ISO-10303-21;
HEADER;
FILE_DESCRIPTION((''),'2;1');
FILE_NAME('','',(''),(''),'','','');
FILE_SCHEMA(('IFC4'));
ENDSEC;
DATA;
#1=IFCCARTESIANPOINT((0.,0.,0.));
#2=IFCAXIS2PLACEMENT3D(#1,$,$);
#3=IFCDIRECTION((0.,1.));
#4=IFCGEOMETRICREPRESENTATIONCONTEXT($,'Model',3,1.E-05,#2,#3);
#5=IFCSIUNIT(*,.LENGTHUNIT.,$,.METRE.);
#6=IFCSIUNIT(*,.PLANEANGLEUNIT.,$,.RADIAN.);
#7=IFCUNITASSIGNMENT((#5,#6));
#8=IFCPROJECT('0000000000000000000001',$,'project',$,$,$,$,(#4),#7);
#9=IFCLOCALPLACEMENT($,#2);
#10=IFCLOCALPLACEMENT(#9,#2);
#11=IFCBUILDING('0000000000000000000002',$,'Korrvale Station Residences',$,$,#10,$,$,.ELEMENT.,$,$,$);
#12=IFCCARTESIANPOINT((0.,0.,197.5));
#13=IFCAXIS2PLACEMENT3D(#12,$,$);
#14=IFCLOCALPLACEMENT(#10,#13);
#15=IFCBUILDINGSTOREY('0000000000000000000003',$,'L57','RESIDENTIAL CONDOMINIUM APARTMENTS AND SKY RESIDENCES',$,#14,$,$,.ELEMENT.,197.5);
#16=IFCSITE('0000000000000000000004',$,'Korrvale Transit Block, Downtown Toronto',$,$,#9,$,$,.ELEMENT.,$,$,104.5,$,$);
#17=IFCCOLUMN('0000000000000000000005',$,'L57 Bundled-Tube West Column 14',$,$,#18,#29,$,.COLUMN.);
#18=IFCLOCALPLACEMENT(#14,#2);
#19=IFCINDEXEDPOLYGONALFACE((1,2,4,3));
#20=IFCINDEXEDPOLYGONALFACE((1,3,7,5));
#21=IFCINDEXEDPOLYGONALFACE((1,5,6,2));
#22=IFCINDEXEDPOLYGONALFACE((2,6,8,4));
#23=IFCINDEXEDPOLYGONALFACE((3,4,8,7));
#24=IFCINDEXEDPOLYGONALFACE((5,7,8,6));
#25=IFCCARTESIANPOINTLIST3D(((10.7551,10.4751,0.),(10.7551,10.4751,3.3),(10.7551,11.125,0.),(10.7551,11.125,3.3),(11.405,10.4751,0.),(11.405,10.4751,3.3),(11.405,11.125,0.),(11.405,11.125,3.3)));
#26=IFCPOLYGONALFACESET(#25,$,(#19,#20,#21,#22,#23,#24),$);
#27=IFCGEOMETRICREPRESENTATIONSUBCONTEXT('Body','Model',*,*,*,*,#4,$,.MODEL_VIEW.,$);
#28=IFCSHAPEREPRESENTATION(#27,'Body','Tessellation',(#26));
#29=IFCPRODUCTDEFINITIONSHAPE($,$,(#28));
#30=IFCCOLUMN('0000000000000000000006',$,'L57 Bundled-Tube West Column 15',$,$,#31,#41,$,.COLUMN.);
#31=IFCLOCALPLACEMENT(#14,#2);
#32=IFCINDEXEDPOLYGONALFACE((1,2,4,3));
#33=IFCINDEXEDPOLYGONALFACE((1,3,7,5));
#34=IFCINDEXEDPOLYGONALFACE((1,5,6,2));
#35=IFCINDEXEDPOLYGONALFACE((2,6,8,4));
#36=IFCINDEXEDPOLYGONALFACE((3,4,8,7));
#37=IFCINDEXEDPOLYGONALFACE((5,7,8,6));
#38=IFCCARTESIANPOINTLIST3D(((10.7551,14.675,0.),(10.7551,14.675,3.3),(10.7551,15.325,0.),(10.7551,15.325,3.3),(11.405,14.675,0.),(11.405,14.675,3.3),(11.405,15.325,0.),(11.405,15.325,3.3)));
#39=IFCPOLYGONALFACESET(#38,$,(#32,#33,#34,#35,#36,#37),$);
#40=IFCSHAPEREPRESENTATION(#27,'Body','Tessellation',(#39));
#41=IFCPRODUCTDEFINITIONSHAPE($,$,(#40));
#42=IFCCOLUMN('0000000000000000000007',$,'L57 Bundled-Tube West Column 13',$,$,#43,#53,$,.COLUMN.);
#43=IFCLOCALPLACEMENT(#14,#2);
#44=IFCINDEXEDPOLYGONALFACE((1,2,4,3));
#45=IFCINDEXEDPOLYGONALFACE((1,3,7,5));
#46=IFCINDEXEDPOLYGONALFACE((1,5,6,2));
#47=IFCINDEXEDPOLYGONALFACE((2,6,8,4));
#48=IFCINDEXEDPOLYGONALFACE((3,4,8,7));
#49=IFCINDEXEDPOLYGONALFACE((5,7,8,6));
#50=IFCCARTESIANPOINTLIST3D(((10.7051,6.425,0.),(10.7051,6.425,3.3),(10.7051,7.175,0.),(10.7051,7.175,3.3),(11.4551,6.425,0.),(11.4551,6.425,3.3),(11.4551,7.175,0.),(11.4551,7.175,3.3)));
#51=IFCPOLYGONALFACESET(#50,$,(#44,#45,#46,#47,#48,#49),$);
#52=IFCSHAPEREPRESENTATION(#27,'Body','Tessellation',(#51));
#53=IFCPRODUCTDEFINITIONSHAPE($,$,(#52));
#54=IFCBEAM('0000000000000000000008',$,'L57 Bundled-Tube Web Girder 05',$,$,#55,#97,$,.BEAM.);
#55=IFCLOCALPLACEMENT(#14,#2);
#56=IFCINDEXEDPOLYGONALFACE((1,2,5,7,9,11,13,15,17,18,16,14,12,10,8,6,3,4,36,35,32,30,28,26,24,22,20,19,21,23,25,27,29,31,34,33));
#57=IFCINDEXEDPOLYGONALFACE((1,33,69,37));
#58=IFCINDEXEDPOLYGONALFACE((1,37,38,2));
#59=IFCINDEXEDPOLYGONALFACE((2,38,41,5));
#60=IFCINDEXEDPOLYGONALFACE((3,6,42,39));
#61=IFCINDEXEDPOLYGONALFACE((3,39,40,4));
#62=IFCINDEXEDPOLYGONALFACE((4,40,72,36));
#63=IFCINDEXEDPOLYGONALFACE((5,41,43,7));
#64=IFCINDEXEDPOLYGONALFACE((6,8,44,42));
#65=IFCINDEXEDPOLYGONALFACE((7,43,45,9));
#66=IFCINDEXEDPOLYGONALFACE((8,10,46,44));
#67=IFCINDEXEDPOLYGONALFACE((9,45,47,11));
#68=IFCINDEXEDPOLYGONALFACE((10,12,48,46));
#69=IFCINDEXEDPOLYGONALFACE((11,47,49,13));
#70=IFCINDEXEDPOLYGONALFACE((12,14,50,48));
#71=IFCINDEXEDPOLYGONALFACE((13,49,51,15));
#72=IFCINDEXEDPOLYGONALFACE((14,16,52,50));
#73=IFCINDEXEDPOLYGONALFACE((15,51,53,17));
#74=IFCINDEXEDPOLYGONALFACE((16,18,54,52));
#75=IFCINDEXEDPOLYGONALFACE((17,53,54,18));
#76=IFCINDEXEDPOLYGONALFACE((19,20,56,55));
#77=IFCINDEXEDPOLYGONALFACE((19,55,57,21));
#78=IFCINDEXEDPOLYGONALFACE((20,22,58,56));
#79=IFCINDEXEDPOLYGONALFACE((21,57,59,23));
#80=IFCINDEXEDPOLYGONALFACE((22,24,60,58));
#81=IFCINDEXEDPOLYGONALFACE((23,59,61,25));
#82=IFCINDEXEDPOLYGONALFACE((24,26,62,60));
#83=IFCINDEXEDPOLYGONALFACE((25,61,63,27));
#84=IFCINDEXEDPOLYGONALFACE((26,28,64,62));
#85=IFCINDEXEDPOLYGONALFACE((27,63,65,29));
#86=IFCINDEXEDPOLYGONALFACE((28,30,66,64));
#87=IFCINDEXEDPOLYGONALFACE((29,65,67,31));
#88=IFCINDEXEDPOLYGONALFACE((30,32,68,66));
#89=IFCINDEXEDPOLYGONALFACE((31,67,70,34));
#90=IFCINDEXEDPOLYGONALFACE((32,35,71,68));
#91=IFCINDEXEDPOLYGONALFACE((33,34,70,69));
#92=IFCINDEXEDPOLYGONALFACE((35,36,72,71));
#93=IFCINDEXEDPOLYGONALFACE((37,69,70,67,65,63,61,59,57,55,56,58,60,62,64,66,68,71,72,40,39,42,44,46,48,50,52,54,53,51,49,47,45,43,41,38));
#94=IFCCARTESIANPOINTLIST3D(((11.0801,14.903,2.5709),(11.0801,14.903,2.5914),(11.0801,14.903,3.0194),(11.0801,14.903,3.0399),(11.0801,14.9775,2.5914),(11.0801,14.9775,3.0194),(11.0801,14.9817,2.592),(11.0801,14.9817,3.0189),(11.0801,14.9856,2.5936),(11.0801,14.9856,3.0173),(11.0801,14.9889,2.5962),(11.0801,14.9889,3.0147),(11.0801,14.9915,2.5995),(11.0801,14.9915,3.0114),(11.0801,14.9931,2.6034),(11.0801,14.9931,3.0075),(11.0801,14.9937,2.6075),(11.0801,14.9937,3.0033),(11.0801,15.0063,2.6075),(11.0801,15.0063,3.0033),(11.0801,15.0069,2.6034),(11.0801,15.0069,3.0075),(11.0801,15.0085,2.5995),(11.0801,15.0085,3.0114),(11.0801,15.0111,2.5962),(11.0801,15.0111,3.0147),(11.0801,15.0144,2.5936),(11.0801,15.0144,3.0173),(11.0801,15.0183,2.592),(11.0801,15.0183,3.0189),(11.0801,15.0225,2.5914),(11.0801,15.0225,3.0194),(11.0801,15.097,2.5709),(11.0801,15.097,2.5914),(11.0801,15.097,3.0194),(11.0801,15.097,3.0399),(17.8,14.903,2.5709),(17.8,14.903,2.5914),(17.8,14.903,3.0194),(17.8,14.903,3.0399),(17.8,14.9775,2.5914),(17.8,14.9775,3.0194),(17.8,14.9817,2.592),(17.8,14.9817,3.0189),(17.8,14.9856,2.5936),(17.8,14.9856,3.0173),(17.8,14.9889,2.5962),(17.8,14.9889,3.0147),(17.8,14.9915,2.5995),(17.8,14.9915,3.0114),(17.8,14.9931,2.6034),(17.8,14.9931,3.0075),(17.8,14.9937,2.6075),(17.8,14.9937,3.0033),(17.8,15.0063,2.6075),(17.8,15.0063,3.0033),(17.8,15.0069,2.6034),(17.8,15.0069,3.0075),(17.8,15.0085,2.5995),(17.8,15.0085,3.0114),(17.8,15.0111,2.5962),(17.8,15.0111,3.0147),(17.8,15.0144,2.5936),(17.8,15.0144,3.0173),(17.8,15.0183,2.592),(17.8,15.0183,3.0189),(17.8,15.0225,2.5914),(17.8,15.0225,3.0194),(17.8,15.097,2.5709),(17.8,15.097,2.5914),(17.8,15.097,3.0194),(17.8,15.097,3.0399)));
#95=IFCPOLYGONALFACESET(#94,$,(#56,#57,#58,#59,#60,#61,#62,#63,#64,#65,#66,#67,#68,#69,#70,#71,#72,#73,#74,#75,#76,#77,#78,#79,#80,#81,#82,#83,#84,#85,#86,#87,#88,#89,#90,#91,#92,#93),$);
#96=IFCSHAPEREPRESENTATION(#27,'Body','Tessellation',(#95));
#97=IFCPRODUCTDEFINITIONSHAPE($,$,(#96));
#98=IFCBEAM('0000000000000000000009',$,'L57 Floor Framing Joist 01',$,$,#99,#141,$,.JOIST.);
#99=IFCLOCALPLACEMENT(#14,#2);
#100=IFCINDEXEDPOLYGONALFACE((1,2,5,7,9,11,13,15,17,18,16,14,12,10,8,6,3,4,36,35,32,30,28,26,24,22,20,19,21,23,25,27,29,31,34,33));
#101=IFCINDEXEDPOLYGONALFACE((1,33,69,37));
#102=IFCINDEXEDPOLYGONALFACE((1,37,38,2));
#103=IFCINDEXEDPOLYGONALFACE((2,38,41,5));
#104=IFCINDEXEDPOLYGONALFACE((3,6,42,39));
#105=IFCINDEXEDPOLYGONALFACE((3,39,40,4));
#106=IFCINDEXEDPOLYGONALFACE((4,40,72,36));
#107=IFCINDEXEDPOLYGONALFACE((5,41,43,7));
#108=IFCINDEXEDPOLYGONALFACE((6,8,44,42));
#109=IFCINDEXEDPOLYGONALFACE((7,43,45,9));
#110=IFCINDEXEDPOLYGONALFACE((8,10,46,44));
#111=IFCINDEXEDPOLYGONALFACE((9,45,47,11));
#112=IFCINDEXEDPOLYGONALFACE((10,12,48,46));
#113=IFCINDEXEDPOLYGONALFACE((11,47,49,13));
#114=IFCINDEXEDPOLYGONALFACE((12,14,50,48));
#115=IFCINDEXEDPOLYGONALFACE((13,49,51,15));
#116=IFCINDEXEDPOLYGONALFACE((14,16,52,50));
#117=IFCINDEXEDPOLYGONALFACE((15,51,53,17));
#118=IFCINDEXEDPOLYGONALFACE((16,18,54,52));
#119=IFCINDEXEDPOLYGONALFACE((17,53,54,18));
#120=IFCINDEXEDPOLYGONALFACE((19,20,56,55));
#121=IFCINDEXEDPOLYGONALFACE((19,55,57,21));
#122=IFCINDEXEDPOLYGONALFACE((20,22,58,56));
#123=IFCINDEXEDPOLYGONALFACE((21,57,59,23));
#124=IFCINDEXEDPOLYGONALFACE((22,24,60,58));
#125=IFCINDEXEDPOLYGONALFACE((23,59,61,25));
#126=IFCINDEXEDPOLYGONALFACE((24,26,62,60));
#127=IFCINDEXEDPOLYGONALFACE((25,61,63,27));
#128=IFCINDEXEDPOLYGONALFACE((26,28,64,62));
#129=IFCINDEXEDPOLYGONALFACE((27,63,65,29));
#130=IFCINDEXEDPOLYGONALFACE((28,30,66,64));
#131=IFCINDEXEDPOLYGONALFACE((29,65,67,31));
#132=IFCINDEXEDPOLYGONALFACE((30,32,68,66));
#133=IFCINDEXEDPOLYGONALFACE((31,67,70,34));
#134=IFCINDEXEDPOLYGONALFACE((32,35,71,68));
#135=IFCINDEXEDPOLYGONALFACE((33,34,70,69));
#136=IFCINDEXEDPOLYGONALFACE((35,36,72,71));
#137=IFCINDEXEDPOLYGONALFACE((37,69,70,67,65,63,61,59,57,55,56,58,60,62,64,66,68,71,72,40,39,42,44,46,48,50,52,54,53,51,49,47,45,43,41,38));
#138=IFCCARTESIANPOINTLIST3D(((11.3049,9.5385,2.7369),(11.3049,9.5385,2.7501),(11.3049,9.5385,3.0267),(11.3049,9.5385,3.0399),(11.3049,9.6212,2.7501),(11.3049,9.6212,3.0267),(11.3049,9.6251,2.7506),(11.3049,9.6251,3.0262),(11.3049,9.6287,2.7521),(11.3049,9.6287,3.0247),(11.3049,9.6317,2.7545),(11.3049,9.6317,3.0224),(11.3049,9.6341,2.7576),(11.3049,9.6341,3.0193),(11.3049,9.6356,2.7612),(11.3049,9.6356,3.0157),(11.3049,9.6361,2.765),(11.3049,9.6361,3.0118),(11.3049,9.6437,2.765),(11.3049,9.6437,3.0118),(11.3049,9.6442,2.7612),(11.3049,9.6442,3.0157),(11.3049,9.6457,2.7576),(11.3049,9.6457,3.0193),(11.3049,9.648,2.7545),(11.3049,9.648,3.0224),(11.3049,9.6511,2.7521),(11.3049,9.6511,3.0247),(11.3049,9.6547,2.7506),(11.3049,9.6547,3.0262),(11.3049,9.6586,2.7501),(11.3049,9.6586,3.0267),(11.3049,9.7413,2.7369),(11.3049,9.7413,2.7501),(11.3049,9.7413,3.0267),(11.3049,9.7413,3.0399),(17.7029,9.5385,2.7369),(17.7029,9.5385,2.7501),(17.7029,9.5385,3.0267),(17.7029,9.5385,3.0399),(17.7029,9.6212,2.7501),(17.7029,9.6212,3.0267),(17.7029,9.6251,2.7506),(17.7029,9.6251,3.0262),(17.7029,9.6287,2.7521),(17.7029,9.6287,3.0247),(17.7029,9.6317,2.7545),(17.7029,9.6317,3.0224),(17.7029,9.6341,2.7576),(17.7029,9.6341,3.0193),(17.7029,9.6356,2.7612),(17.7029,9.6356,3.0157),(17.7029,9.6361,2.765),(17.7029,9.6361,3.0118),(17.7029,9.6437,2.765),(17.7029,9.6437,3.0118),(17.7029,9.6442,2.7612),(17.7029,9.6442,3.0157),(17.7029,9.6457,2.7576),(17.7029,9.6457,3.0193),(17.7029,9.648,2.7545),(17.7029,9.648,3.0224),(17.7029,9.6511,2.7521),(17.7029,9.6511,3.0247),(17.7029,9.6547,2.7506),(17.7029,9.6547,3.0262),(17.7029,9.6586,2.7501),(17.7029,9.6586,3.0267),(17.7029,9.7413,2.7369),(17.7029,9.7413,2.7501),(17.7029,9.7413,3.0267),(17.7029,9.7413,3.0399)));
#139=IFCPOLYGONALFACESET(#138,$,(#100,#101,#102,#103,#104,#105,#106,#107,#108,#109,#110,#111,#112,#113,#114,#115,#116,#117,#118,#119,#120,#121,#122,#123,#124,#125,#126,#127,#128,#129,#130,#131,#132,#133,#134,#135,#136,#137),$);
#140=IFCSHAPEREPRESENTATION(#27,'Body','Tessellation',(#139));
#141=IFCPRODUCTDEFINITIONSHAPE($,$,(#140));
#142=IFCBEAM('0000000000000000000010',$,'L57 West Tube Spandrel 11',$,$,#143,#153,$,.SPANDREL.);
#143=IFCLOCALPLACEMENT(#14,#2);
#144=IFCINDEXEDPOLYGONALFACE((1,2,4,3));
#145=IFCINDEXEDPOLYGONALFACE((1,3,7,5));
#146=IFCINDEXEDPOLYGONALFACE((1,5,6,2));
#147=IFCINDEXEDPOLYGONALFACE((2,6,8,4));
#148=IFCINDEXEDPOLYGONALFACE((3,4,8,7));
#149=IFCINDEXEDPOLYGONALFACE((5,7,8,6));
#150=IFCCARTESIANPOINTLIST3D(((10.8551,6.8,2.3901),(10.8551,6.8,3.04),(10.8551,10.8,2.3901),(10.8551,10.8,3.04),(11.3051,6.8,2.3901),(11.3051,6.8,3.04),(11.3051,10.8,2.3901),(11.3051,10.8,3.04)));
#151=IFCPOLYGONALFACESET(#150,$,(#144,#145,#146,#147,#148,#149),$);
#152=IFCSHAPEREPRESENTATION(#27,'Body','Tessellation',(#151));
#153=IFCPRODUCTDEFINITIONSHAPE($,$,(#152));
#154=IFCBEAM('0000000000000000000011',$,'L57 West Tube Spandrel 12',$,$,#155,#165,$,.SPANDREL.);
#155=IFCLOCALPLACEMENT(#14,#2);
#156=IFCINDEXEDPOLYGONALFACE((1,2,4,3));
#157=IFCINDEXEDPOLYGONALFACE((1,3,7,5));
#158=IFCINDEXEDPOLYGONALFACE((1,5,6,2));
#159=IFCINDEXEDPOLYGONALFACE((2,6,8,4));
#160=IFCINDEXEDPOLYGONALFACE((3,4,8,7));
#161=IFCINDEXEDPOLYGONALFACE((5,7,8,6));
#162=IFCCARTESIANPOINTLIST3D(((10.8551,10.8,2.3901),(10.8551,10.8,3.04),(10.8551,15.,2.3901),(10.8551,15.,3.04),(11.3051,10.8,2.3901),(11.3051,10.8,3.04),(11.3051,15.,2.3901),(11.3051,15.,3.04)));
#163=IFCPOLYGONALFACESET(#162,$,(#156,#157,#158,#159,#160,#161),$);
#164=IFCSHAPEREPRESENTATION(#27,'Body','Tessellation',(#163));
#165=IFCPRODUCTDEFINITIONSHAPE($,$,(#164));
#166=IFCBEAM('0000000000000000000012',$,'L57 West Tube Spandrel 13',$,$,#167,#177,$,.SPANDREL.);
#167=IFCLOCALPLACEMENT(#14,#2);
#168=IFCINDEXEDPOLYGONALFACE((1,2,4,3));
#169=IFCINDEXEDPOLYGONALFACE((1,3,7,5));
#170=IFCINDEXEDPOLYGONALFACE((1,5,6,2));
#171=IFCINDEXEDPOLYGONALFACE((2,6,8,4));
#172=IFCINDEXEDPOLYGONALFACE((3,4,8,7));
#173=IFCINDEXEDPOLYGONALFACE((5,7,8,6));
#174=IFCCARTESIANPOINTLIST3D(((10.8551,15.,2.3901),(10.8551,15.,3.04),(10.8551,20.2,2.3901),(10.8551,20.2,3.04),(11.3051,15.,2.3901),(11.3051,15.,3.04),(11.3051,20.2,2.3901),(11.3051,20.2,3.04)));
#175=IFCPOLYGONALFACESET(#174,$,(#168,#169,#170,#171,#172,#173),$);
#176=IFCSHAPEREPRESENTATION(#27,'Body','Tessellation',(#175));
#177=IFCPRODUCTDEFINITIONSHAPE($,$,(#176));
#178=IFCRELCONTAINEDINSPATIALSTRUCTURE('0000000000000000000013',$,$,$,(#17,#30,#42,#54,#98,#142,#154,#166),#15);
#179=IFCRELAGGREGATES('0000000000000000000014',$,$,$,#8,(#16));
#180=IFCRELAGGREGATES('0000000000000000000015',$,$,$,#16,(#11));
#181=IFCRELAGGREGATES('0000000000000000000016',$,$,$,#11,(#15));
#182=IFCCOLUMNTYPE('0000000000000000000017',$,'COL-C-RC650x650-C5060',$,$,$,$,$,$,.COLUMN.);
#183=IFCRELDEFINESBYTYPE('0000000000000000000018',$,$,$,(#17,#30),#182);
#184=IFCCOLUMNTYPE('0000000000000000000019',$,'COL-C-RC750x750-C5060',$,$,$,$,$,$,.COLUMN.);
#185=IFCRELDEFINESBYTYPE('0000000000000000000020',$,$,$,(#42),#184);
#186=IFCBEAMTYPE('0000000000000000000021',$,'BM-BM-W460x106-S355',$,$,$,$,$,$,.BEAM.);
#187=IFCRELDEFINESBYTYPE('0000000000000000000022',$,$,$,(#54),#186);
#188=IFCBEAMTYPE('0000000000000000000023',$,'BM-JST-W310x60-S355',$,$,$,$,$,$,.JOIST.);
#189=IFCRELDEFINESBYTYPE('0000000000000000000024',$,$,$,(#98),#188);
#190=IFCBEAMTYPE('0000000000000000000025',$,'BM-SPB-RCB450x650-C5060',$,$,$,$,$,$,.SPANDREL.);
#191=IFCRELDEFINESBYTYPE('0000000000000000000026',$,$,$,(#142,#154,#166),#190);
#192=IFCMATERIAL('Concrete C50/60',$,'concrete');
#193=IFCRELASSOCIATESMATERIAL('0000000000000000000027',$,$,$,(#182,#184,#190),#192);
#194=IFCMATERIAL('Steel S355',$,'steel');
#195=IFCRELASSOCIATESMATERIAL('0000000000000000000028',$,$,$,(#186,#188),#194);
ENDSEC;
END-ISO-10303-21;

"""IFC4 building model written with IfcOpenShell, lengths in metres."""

from ifc_helpers import new_model, si_unit, direction, frame, origin, origin_2d, place, context, subcontext, project, spatial, rectangle, i_section, extrude, material, material_profile, profile_set, type_object, element, save


model = new_model("IFC4")

# Units and contexts
model_context = context("Model", 3, precision=1e-05, world=origin(), true_north=direction((0.0, 1.0)))
body_context = subcontext(model_context, "Body", "Model", "MODEL_VIEW")
ifc_project = project(units=[si_unit("LENGTHUNIT", "METRE"), si_unit("PLANEANGLEUNIT", "RADIAN")], contexts=[model_context])

# Site, building, storey
site_placement = place(None, origin())
site = spatial("IfcSite", under=ifc_project, at=site_placement, Name="Korrvale Transit Block, Downtown Toronto", CompositionType="ELEMENT", RefElevation=104.5)
building_placement = place(site_placement, origin())
building = spatial("IfcBuilding", under=site, at=building_placement, Name="Korrvale Station Residences", CompositionType="ELEMENT")
storey_placement = place(building_placement, frame((0.0, 0.0, 197.5)))
storey = spatial("IfcBuildingStorey", under=building, at=storey_placement, Name="L57", Description="RESIDENTIAL CONDOMINIUM APARTMENTS AND SKY RESIDENCES", CompositionType="ELEMENT", Elevation=197.5)

# Columns
ifc_material_1 = material(Name="Concrete C50/60", Category="concrete")
ifc_material_profile_1 = material_profile(ifc_material_1, rectangle(XDim=0.6499, YDim=0.6499, at=origin_2d()), Name="RC650x650")
ifc_profile_set_1 = profile_set([ifc_material_profile_1], Name="Concrete C50/60")
column_type_1 = type_object("IfcColumnType", Name="COL-C-RC650x650-C5060", PredefinedType="COLUMN", material=ifc_profile_set_1)
for number, where, z_axis, x_axis, name in (
    (1, (11.0801, 10.8, 0.0), (0.0, 0.0, 1.0), (1.0, 0.0, 0.0), "L57 Bundled-Tube West Column 14"),
    (2, (11.0801, 15.0, 0.0), (0.0, 0.0, 1.0), (1.0, 0.0, 0.0), "L57 Bundled-Tube West Column 15"),
):
    element("IfcColumn", number, at=place(storey_placement, frame(where, z_axis=z_axis, x_axis=x_axis)), inside=storey, type_object=column_type_1, Name=name, PredefinedType="COLUMN", context=body_context, shape_type="SweptSolid", body=[
        extrude(rectangle(XDim=0.6499, YDim=0.6499, at=origin_2d()), origin(), (0.0, 0.0, 1.0), 3.3),
    ])
ifc_material_profile_2 = material_profile(ifc_material_1, rectangle(XDim=0.75, YDim=0.75, at=origin_2d()), Name="RC750x750")
ifc_profile_set_2 = profile_set([ifc_material_profile_2], Name="Concrete C50/60")
column_type_2 = type_object("IfcColumnType", Name="COL-C-RC750x750-C5060", PredefinedType="COLUMN", material=ifc_profile_set_2)
column_placement = place(storey_placement, frame((11.0801, 6.8, 0.0), z_axis=(0.0, 0.0, 1.0), x_axis=(1.0, 0.0, 0.0)))
element("IfcColumn", 3, at=column_placement, inside=storey, type_object=column_type_2, Name="L57 Bundled-Tube West Column 13", PredefinedType="COLUMN", context=body_context, shape_type="SweptSolid", body=[
    extrude(rectangle(XDim=0.75, YDim=0.75, at=origin_2d()), origin(), (0.0, 0.0, 1.0), 3.3),
])

# Beams
ifc_material_2 = material(Name="Steel S355", Category="steel")
ifc_material_profile_3 = material_profile(ifc_material_2, i_section(OverallWidth=0.1941, OverallDepth=0.469, WebThickness=0.0127, FlangeThickness=0.0205, FilletRadius=0.0161, at=origin_2d()), Name="W460x106")
ifc_profile_set_3 = profile_set([ifc_material_profile_3], Name="Steel S355")
beam_type_1 = type_object("IfcBeamType", Name="BM-BM-W460x106-S355", PredefinedType="BEAM", material=ifc_profile_set_3)
beam_1_placement = place(storey_placement, frame((11.0801, 15.0, 2.8054), z_axis=(1.0, 0.0, 0.0), x_axis=(0.0, 1.0, 0.0)))
element("IfcBeam", 4, at=beam_1_placement, inside=storey, type_object=beam_type_1, Name="L57 Bundled-Tube Web Girder 05", PredefinedType="BEAM", context=body_context, shape_type="SweptSolid", body=[
    extrude(i_section(OverallWidth=0.1941, OverallDepth=0.469, WebThickness=0.0127, FlangeThickness=0.0205, FilletRadius=0.0161, at=origin_2d()), origin(), (0.0, 0.0, 1.0), 6.72),
])
ifc_material_profile_4 = material_profile(ifc_material_2, i_section(OverallWidth=0.2029, OverallDepth=0.303, WebThickness=0.0076, FlangeThickness=0.0132, FilletRadius=0.0149, at=origin_2d()), Name="W310x60")
ifc_profile_set_4 = profile_set([ifc_material_profile_4], Name="Steel S355")
beam_type_2 = type_object("IfcBeamType", Name="BM-JST-W310x60-S355", PredefinedType="JOIST", material=ifc_profile_set_4)
beam_2_placement = place(storey_placement, frame((11.3049, 9.6399, 2.8884), z_axis=(1.0, 0.0, 0.0), x_axis=(0.0, 1.0, 0.0)))
element("IfcBeam", 5, at=beam_2_placement, inside=storey, type_object=beam_type_2, Name="L57 Floor Framing Joist 01", PredefinedType="JOIST", context=body_context, shape_type="SweptSolid", body=[
    extrude(i_section(OverallWidth=0.2029, OverallDepth=0.303, WebThickness=0.0076, FlangeThickness=0.0132, FilletRadius=0.0149, at=origin_2d()), origin(), (0.0, 0.0, 1.0), 6.3979),
])
ifc_material_profile_5 = material_profile(ifc_material_1, rectangle(XDim=0.45, YDim=0.6499, at=origin_2d()), Name="RCB450x650")
ifc_profile_set_5 = profile_set([ifc_material_profile_5], Name="Concrete C50/60")
beam_type_3 = type_object("IfcBeamType", Name="BM-SPB-RCB450x650-C5060", PredefinedType="SPANDREL", material=ifc_profile_set_5)
beam_3_placement = place(storey_placement, frame((11.0801, 6.8, 2.7151), z_axis=(0.0, 1.0, 0.0), x_axis=(-1.0, 0.0, 0.0)))
element("IfcBeam", 6, at=beam_3_placement, inside=storey, type_object=beam_type_3, Name="L57 West Tube Spandrel 11", PredefinedType="SPANDREL", context=body_context, shape_type="SweptSolid", body=[
    extrude(rectangle(XDim=0.45, YDim=0.6499, at=origin_2d()), origin(), (0.0, 0.0, 1.0), 4.0),
])
beam_4_placement = place(storey_placement, frame((11.0801, 10.8, 2.7151), z_axis=(0.0, 1.0, 0.0), x_axis=(-1.0, 0.0, 0.0)))
element("IfcBeam", 7, at=beam_4_placement, inside=storey, type_object=beam_type_3, Name="L57 West Tube Spandrel 12", PredefinedType="SPANDREL", context=body_context, shape_type="SweptSolid", body=[
    extrude(rectangle(XDim=0.45, YDim=0.6499, at=origin_2d()), origin(), (0.0, 0.0, 1.0), 4.2),
])
beam_5_placement = place(storey_placement, frame((11.0801, 15.0, 2.7151), z_axis=(0.0, 1.0, 0.0), x_axis=(-1.0, 0.0, 0.0)))
element("IfcBeam", 8, at=beam_5_placement, inside=storey, type_object=beam_type_3, Name="L57 West Tube Spandrel 13", PredefinedType="SPANDREL", context=body_context, shape_type="SweptSolid", body=[
    extrude(rectangle(XDim=0.45, YDim=0.6499, at=origin_2d()), origin(), (0.0, 0.0, 1.0), 5.2),
])

save(model, "model.ifc")
